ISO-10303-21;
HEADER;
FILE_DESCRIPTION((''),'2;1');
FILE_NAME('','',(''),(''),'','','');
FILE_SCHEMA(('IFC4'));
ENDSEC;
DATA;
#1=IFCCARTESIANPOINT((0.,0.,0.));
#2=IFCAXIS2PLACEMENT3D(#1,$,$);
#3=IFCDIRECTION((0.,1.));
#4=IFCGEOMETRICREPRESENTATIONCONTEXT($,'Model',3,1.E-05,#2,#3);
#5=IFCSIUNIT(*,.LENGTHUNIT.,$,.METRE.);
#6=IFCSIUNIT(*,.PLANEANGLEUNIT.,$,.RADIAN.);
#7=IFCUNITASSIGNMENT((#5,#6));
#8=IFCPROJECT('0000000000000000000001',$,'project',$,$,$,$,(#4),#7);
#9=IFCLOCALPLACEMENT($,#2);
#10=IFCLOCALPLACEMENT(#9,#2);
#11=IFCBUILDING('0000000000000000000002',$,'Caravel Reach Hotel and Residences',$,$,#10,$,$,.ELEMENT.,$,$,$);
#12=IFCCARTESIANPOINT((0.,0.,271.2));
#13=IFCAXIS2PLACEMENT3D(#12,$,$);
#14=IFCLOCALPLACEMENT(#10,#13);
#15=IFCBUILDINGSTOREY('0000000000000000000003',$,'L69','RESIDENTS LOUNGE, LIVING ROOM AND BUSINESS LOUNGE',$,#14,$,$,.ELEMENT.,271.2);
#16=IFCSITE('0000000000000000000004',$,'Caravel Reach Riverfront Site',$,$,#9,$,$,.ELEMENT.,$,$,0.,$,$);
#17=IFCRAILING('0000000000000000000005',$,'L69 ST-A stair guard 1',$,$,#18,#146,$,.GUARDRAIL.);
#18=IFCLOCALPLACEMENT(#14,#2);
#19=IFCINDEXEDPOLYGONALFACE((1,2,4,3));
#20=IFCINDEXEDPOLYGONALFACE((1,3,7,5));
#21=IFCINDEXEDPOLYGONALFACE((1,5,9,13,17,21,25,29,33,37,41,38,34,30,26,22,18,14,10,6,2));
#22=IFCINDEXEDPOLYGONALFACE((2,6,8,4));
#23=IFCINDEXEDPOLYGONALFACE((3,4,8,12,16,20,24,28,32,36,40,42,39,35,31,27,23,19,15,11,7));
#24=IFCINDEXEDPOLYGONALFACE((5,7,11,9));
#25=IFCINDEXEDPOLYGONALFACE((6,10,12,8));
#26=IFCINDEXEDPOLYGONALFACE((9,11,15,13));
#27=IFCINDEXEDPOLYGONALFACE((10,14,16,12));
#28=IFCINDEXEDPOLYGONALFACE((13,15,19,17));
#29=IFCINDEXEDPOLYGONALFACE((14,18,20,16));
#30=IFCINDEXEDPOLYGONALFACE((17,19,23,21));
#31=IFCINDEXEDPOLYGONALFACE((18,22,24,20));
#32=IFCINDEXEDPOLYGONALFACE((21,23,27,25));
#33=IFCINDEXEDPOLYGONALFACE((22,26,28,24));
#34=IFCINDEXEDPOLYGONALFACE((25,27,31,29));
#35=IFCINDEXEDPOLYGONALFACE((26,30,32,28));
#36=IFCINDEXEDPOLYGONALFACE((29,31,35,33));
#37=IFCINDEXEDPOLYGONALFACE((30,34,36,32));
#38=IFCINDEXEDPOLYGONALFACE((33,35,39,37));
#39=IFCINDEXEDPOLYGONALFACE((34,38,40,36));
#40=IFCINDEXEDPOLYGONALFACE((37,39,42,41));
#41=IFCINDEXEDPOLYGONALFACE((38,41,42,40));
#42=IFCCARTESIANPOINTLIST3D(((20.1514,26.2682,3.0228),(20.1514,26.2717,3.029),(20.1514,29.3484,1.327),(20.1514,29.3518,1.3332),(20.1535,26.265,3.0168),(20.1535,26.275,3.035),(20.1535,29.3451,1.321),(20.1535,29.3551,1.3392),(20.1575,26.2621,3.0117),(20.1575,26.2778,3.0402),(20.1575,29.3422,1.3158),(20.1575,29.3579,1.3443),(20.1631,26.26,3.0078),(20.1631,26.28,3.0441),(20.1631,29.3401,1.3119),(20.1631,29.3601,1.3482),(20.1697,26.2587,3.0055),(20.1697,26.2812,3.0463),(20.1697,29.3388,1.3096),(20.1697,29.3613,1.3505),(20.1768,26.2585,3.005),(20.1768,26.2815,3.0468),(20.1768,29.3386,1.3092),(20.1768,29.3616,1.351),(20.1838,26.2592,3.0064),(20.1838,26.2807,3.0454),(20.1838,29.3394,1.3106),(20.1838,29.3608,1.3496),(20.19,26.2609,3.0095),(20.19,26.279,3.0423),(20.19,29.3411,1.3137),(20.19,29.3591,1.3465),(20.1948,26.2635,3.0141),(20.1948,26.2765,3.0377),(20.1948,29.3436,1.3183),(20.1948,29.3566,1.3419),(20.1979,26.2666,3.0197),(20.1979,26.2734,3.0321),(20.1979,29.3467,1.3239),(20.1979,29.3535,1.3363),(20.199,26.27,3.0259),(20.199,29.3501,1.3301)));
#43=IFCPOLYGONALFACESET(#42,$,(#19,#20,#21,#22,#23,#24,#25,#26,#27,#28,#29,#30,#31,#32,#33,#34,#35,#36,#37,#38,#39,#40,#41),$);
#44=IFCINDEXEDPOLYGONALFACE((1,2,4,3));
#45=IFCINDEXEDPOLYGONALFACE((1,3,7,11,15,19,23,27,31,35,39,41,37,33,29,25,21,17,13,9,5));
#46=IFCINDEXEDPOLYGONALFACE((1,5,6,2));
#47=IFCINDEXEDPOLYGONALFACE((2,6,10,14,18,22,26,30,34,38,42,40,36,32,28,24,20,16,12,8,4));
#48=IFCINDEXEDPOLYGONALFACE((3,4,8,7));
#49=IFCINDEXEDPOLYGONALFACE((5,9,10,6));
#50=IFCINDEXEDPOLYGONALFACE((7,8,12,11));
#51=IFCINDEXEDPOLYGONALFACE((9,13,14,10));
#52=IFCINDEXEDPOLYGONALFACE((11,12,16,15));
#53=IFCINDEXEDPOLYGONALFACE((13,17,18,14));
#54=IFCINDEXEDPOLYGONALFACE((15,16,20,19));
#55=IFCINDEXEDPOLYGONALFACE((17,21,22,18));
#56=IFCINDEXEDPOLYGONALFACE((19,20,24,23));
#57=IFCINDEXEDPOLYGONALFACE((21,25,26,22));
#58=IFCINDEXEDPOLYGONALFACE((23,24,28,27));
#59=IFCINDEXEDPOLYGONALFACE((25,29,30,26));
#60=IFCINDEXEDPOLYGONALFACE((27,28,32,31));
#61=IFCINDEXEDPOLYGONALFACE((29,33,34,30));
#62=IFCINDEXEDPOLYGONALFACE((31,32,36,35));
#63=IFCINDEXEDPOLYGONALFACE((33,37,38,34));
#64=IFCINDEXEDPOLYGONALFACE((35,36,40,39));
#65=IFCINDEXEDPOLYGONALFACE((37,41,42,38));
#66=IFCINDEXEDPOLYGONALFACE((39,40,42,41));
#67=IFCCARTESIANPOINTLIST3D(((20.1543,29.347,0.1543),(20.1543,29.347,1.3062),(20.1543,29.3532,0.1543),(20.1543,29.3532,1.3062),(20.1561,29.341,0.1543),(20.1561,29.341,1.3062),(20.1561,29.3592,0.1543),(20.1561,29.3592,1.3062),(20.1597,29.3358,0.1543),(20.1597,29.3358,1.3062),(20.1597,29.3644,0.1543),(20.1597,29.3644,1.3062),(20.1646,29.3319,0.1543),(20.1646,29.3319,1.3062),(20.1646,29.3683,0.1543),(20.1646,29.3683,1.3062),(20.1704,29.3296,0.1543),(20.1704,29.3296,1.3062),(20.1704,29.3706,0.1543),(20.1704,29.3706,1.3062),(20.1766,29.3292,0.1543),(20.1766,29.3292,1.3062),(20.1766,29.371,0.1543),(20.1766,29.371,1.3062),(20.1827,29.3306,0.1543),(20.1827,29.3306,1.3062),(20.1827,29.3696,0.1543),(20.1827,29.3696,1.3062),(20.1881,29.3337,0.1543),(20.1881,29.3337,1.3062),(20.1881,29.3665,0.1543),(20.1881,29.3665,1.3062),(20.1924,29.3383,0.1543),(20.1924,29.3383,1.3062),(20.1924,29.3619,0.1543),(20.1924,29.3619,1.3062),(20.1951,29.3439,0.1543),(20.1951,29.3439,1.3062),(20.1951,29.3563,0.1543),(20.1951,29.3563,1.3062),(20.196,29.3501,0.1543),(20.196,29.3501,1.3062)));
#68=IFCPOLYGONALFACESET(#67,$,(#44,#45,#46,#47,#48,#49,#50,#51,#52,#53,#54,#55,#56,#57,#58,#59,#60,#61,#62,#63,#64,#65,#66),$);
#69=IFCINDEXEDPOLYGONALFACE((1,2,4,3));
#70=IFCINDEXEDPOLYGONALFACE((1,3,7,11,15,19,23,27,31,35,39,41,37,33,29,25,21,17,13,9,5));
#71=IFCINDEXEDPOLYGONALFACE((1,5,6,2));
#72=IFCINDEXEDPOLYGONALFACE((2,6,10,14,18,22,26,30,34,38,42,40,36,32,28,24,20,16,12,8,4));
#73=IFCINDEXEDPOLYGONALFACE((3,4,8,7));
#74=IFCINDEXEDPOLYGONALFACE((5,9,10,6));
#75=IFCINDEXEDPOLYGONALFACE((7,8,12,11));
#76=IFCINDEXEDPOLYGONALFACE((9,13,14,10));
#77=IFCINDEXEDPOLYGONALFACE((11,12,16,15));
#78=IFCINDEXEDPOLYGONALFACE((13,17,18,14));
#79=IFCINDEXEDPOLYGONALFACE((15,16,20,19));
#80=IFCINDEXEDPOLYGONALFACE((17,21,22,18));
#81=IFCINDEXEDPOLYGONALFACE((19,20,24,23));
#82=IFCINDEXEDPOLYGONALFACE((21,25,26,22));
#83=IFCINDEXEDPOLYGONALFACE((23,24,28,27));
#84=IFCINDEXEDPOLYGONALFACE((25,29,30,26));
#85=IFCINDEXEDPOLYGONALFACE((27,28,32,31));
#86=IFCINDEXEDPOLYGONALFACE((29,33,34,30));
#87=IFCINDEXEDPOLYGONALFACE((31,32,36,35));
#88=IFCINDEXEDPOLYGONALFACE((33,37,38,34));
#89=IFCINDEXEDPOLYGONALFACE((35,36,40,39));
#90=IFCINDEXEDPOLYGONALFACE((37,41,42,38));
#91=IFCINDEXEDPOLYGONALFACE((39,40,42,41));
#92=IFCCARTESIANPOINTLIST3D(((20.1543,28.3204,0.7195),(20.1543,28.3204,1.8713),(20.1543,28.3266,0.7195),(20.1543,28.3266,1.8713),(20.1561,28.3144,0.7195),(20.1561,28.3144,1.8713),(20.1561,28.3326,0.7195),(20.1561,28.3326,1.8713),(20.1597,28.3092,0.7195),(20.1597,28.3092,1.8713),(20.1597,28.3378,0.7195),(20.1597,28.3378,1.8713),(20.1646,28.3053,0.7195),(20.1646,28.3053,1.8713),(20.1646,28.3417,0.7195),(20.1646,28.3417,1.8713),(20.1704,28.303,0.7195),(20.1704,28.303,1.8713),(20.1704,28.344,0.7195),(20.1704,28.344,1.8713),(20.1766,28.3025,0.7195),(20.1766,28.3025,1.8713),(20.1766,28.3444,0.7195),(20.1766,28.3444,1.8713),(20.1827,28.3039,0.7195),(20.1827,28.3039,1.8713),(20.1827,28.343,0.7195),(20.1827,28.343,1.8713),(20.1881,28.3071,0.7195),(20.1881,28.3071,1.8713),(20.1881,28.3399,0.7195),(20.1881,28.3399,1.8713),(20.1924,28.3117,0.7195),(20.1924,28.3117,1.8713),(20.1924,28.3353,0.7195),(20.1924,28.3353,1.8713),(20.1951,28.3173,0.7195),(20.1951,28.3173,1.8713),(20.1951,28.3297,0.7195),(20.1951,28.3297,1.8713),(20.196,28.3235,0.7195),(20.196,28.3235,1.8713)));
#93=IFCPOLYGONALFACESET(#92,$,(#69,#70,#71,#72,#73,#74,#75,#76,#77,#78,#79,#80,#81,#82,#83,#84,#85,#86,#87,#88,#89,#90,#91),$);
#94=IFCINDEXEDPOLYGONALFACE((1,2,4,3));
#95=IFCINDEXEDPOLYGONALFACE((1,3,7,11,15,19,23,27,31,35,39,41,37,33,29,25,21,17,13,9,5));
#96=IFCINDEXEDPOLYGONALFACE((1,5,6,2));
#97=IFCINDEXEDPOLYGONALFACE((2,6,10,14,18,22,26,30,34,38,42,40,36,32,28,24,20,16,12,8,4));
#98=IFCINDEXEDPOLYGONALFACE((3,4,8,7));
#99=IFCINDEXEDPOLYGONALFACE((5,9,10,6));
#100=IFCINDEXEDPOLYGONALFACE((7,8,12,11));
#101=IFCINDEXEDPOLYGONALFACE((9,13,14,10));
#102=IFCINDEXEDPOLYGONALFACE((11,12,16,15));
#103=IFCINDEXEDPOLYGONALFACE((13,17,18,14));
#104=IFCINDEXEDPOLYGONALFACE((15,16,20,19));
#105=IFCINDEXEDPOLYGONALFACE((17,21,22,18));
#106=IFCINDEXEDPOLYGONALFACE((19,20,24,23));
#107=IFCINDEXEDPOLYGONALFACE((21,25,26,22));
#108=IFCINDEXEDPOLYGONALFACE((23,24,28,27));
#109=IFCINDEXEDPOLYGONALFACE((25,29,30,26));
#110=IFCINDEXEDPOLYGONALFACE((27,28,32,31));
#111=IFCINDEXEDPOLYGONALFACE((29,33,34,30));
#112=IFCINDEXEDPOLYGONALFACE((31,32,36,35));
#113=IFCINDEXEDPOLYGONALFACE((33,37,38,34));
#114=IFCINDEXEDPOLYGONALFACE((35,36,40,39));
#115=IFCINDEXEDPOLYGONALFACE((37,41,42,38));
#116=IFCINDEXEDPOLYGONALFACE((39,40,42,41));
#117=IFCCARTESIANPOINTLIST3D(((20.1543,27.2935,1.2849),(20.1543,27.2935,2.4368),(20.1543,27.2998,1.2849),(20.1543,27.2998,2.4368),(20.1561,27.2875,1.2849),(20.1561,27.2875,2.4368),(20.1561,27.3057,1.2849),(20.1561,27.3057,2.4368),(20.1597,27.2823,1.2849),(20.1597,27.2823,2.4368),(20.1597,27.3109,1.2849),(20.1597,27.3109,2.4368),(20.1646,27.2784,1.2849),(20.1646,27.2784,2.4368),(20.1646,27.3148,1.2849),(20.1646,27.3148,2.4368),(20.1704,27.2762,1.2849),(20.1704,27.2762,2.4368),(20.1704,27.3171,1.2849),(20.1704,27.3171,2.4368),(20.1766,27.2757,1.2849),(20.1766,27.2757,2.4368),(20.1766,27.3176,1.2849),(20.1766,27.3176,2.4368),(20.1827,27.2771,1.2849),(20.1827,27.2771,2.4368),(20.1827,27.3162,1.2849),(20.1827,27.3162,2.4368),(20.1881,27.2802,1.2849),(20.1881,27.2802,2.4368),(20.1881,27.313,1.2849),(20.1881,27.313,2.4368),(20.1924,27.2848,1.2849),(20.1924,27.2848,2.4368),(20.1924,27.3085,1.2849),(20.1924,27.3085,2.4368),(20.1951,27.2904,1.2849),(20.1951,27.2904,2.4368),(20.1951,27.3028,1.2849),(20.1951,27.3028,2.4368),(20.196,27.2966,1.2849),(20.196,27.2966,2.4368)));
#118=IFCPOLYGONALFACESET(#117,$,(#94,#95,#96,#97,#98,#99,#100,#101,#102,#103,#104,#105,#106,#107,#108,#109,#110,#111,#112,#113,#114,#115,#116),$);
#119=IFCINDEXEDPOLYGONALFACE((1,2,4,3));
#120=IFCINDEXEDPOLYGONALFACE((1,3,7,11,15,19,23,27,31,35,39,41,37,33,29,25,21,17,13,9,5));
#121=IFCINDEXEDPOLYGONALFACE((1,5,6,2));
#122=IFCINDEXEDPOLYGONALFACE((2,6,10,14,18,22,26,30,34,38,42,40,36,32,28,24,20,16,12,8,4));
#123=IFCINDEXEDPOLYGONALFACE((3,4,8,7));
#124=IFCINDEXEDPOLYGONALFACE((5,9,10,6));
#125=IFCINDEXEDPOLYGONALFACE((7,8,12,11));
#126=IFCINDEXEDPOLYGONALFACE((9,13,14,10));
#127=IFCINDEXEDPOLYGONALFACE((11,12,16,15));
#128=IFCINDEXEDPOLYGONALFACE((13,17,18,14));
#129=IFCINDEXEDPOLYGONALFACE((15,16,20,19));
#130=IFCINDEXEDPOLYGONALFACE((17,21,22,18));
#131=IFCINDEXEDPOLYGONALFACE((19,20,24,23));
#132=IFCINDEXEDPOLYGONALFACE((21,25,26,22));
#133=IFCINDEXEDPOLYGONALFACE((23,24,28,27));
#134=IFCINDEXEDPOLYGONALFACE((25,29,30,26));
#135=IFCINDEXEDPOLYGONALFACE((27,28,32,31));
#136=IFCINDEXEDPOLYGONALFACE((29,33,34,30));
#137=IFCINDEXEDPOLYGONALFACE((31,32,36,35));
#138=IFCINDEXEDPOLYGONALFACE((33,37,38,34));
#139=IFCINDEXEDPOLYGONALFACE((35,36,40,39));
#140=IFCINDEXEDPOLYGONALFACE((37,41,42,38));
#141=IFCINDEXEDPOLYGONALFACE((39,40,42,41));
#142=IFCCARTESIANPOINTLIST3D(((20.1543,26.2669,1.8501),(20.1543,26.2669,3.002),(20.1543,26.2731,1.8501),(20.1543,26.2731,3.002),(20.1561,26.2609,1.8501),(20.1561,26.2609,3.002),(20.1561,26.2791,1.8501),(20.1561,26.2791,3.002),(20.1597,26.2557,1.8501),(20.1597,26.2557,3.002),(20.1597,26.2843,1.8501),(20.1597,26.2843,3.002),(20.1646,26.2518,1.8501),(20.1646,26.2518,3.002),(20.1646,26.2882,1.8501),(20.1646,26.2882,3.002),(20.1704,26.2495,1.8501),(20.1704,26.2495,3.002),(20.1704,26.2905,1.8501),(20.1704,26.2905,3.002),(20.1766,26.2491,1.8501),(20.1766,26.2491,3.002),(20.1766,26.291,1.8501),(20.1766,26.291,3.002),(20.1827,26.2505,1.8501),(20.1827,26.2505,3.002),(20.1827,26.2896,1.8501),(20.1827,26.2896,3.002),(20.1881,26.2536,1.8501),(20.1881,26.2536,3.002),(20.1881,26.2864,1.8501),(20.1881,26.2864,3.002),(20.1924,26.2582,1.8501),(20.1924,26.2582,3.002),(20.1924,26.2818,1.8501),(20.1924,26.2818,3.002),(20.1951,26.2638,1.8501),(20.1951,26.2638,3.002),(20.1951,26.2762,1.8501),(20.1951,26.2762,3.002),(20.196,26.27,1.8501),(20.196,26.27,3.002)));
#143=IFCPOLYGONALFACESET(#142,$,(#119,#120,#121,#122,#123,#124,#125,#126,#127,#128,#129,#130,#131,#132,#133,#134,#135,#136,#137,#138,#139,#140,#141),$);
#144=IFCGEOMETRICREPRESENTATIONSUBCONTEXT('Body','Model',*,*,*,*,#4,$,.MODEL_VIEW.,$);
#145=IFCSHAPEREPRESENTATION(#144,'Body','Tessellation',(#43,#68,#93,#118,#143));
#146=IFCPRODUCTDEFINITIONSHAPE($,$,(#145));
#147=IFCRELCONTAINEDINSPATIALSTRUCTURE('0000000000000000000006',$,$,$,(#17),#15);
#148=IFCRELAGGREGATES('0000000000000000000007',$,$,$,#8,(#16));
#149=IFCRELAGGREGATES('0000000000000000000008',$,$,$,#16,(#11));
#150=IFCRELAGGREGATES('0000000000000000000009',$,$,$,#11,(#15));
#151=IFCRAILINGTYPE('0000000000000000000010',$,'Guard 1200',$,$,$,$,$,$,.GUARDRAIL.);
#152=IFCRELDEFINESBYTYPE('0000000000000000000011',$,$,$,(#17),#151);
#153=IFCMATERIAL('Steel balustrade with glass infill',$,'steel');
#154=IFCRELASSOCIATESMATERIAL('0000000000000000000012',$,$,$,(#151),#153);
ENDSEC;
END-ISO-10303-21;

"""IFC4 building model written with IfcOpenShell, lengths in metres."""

from ifc_helpers import new_model, si_unit, direction, frame, origin, origin_2d, place, context, subcontext, project, spatial, circle, extrude, material, type_object, element, save


model = new_model("IFC4")

# Units and contexts
model_context = context("Model", 3, precision=1e-05, world=origin(), true_north=direction((0.0, 1.0)))
body_context = subcontext(model_context, "Body", "Model", "MODEL_VIEW")
ifc_project = project(units=[si_unit("LENGTHUNIT", "METRE"), si_unit("PLANEANGLEUNIT", "RADIAN")], contexts=[model_context])

# Site, building, storey
site_placement = place(None, origin())
site = spatial("IfcSite", under=ifc_project, at=site_placement, Name="Caravel Reach Riverfront Site", CompositionType="ELEMENT", RefElevation=0.0)
building_placement = place(site_placement, origin())
building = spatial("IfcBuilding", under=site, at=building_placement, Name="Caravel Reach Hotel and Residences", CompositionType="ELEMENT")
storey_placement = place(building_placement, frame((0.0, 0.0, 271.2)))
storey = spatial("IfcBuildingStorey", under=building, at=storey_placement, Name="L69", Description="RESIDENTS LOUNGE, LIVING ROOM AND BUSINESS LOUNGE", CompositionType="ELEMENT", Elevation=271.2)

# Railing
ifc_material_1 = material(Name="Steel balustrade with glass infill", Category="steel")
railing_type_1 = type_object("IfcRailingType", Name="Guard 1200", PredefinedType="GUARDRAIL", material=ifc_material_1)
railing_1_placement = place(storey_placement, frame((20.175, 29.3501, 0.1543)))
element("IfcRailing", 1, at=railing_1_placement, inside=storey, type_object=railing_type_1, Name="L69 ST-A stair guard 1", PredefinedType="GUARDRAIL", context=body_context, shape_type="SweptSolid", body=[
    extrude(circle(Radius=0.0239, at=origin_2d()), frame((0.0, 0.0, 1.1758), z_axis=(0.0, -0.876005, 0.482303), x_axis=(1.0, 0.0, 0.0)), (0.0, 0.0, 1.0), 3.5161),
    extrude(circle(Radius=0.021, at=origin_2d()), origin(), (0.0, 0.0, 1.0), 1.1519),
    extrude(circle(Radius=0.021, at=origin_2d()), frame((0.0, -1.0266, 0.5652)), (0.0, 0.0, 1.0), 1.1519),
    extrude(circle(Radius=0.021, at=origin_2d()), frame((0.0, -2.0535, 1.1306)), (0.0, 0.0, 1.0), 1.1519),
    extrude(circle(Radius=0.021, at=origin_2d()), frame((0.0, -3.0801, 1.6958)), (0.0, 0.0, 1.0), 1.1519),
])

save(model, "model.ifc")
